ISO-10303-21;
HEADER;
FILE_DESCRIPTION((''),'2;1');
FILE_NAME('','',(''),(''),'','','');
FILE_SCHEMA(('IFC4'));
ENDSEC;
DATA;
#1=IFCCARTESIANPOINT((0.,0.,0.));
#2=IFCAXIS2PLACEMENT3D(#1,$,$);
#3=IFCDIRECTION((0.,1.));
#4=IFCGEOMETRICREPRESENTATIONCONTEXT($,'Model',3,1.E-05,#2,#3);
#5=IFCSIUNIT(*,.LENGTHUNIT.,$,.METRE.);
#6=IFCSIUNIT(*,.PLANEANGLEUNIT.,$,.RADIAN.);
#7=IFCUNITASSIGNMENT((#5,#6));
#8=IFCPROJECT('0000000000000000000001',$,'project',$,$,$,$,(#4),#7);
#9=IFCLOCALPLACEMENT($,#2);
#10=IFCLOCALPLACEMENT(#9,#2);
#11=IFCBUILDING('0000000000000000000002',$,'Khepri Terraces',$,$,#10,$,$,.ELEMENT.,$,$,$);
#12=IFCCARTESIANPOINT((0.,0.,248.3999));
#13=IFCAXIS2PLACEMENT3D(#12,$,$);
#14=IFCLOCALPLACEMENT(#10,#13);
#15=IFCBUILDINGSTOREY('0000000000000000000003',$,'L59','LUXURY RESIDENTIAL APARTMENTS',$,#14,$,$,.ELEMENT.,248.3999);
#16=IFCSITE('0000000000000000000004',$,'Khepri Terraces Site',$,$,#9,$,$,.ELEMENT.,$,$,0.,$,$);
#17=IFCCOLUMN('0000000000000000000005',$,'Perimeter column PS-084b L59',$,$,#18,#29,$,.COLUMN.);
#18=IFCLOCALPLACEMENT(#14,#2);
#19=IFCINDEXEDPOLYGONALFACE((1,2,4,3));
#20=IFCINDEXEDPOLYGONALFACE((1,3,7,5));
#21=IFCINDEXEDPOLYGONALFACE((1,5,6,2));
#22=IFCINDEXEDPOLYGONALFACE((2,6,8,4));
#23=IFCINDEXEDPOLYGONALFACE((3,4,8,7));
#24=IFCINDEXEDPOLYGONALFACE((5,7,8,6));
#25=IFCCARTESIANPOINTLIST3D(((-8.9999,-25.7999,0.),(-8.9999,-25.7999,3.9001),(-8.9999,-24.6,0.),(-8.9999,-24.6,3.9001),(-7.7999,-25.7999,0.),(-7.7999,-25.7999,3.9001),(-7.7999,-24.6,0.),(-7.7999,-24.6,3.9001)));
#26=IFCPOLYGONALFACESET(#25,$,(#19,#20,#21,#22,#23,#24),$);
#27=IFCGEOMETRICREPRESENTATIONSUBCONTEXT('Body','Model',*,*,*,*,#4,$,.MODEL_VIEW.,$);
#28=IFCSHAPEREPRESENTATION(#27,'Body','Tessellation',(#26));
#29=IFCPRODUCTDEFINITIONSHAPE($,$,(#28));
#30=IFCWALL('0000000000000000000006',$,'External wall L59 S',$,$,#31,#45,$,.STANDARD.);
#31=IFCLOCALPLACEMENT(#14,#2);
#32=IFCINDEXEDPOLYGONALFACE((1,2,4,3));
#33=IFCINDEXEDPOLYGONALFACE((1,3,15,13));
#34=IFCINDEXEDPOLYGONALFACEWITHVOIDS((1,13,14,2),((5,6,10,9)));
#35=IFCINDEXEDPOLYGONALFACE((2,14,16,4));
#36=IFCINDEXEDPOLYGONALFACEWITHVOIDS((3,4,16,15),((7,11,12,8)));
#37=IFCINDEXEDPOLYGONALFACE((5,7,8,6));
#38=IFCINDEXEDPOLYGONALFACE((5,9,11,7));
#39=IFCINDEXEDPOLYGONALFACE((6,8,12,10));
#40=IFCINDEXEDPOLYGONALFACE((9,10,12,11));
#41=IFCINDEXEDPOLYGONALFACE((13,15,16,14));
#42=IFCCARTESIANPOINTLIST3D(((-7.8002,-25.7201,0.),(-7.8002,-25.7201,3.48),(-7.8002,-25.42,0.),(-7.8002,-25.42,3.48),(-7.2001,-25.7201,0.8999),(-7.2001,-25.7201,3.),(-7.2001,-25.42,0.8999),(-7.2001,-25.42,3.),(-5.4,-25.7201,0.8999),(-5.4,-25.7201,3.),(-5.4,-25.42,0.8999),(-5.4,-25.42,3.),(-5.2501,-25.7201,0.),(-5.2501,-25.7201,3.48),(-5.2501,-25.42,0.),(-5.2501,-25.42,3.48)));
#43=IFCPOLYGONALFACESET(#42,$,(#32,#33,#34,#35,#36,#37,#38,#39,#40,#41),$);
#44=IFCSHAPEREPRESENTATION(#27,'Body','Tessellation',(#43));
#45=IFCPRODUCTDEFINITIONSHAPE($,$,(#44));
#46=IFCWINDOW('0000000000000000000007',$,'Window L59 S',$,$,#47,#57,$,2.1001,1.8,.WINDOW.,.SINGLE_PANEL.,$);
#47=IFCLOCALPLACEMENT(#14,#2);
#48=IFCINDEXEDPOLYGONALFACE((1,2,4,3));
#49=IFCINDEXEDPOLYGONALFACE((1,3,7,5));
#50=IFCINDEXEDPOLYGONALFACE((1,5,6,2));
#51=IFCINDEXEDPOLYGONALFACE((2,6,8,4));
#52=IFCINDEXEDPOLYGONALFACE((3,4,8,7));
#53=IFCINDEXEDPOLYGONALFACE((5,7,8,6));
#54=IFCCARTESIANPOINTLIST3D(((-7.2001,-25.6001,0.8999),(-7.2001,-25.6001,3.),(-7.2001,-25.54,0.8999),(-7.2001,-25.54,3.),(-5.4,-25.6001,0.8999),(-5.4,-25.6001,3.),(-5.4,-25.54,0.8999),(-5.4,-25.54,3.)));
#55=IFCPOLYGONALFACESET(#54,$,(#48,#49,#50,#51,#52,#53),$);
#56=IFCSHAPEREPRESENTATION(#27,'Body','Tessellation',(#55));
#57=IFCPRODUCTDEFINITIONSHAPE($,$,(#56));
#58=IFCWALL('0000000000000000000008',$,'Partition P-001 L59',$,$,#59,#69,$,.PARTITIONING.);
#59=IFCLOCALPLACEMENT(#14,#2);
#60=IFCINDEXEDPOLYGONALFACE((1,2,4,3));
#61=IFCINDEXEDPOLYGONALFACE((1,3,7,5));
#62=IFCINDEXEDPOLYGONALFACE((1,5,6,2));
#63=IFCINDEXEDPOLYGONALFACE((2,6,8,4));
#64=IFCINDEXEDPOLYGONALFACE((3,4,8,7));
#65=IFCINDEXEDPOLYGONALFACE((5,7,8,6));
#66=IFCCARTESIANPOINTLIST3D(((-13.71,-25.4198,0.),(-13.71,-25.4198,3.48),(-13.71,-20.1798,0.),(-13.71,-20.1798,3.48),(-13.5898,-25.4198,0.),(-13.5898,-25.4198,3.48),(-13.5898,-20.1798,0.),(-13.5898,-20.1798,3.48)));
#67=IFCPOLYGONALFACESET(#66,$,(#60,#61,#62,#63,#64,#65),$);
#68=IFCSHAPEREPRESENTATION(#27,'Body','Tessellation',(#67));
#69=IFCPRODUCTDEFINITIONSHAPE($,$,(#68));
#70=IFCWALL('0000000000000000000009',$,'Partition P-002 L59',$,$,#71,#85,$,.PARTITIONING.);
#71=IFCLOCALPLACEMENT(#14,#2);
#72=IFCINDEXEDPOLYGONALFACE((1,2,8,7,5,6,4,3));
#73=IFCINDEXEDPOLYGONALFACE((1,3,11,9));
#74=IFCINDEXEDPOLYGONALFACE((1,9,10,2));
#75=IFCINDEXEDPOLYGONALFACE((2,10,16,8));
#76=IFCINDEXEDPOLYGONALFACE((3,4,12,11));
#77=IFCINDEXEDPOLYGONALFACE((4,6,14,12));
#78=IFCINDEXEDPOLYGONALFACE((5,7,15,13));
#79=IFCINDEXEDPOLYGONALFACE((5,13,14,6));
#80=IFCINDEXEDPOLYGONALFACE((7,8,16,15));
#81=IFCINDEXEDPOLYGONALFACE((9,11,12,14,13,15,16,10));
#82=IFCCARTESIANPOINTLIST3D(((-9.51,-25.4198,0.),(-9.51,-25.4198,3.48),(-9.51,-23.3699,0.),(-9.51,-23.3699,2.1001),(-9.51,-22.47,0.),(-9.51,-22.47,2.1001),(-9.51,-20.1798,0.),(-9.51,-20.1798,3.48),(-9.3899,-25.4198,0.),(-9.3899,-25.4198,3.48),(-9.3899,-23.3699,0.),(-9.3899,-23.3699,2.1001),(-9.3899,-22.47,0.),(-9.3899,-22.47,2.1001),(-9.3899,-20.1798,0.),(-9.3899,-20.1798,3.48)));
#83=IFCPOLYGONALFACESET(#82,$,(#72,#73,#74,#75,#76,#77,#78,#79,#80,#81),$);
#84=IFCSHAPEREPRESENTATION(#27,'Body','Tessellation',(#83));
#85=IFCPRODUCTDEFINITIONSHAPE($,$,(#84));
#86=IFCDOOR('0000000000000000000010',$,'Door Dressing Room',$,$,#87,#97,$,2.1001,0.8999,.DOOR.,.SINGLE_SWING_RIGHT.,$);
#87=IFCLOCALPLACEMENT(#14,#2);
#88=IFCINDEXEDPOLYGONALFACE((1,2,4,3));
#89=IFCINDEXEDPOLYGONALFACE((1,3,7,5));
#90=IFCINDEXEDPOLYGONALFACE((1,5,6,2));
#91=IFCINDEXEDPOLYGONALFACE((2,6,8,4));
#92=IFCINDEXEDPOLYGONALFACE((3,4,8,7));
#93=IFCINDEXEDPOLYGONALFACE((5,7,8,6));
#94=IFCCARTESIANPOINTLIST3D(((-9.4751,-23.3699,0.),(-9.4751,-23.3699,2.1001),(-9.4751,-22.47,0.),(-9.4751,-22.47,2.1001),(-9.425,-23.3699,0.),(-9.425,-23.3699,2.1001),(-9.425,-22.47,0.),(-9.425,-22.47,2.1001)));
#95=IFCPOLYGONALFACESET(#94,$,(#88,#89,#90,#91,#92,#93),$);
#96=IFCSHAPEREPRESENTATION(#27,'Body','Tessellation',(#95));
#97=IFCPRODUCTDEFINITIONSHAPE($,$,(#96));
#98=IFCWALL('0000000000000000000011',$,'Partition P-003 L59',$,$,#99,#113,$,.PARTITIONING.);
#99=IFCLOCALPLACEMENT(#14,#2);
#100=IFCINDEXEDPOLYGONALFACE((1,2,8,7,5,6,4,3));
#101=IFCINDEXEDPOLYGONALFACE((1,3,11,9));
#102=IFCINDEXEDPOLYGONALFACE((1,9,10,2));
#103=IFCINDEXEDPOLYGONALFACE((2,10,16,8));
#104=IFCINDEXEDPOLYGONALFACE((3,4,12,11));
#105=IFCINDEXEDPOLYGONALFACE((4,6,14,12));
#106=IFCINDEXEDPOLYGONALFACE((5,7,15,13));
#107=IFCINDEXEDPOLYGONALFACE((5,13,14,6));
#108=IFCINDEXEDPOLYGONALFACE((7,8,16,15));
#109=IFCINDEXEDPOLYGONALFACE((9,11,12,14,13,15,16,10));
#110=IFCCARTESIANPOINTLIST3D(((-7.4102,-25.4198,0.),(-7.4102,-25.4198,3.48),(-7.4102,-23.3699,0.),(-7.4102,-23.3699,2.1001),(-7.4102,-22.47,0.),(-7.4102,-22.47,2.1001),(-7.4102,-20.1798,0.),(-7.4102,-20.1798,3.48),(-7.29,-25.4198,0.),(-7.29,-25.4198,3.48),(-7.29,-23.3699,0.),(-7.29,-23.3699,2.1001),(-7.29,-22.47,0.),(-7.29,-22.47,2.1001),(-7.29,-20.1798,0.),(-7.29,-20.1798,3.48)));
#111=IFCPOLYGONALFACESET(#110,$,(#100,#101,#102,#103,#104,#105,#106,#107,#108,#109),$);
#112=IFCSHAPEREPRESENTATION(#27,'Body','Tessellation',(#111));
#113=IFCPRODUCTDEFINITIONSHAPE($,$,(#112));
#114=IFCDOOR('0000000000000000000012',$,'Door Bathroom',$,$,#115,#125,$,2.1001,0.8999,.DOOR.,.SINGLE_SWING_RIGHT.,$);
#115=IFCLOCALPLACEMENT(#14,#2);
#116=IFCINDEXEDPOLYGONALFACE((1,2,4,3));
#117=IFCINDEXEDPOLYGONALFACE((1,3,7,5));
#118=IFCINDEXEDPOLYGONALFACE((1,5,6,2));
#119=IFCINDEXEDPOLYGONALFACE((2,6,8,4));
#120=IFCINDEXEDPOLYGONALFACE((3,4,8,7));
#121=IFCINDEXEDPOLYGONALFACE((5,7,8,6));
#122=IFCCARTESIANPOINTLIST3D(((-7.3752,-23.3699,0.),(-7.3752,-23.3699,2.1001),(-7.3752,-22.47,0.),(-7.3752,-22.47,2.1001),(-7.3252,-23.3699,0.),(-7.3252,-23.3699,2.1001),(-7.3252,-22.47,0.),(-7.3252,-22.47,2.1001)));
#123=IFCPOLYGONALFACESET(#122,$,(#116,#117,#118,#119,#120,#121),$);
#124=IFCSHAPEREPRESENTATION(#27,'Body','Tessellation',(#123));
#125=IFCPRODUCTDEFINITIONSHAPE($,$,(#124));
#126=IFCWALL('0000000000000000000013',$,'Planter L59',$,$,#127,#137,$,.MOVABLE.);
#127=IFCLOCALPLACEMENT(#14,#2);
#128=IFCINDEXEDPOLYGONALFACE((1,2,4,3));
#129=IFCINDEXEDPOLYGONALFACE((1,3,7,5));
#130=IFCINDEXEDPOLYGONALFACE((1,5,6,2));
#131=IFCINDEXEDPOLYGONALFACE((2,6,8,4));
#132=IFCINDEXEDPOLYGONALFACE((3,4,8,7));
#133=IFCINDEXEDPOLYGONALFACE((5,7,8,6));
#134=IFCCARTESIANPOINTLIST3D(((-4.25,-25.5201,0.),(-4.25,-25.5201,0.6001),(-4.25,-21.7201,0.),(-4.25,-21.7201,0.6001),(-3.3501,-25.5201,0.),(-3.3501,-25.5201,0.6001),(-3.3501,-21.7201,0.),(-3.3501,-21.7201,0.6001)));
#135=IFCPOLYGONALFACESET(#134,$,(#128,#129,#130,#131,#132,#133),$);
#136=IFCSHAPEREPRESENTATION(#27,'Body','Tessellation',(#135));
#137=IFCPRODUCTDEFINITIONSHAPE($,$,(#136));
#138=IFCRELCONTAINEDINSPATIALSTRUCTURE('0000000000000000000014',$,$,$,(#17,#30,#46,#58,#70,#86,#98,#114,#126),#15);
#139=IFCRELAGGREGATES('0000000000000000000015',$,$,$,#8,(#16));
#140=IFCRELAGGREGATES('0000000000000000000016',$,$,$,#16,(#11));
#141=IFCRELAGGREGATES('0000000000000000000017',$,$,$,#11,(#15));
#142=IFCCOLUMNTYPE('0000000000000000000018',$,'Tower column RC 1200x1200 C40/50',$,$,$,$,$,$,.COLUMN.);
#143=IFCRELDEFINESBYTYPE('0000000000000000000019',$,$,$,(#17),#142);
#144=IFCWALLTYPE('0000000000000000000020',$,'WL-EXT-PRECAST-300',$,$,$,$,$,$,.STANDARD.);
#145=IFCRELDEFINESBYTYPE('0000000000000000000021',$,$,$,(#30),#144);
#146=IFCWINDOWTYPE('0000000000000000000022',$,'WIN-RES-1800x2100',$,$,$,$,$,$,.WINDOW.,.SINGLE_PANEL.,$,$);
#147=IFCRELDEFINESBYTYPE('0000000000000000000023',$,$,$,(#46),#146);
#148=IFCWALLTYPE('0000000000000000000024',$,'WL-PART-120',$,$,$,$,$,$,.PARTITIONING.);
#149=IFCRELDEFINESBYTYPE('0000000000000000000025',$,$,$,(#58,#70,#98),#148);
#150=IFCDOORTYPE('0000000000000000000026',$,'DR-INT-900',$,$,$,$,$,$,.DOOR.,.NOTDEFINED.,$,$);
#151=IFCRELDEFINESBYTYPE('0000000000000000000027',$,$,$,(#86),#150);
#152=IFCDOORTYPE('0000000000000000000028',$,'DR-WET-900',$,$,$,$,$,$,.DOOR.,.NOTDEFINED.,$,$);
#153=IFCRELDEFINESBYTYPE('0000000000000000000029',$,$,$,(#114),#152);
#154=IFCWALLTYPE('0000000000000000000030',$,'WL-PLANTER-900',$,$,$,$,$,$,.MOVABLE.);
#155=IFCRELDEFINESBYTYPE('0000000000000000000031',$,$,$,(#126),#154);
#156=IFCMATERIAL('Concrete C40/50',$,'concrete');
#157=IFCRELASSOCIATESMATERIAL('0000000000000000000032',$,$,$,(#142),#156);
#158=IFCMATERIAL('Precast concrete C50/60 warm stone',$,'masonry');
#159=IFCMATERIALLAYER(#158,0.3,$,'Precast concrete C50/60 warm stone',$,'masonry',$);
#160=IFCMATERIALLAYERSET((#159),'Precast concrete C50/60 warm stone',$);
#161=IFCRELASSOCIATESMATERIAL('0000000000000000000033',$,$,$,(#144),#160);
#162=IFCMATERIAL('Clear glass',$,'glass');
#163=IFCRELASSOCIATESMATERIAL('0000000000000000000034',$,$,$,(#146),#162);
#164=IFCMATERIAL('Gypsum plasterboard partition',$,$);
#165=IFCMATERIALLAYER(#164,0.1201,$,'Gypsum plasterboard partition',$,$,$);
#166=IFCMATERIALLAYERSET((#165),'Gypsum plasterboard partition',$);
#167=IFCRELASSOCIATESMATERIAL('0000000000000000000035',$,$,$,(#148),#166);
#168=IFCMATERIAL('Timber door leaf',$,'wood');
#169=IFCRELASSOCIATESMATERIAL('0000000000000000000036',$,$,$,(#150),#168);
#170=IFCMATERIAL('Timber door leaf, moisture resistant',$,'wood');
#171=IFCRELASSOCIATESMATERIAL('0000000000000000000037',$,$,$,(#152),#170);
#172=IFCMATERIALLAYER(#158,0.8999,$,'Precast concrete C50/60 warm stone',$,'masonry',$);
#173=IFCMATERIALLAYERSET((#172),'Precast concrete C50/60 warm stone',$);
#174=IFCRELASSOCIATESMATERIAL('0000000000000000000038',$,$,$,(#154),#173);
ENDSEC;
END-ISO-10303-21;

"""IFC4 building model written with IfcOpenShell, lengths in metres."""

from ifc_helpers import new_model, si_unit, direction, frame, frame_2d, origin, origin_2d, place, context, subcontext, project, spatial, rectangle, extrude, material, layer, layer_set, material_profile, profile_set, type_object, element, fill, save


model = new_model("IFC4")

# Units and contexts
model_context = context("Model", 3, precision=1e-05, world=origin(), true_north=direction((0.0, 1.0)))
body_context = subcontext(model_context, "Body", "Model", "MODEL_VIEW")
ifc_project = project(units=[si_unit("LENGTHUNIT", "METRE"), si_unit("PLANEANGLEUNIT", "RADIAN")], contexts=[model_context])

# Site, building, storey
site_placement = place(None, origin())
site = spatial("IfcSite", under=ifc_project, at=site_placement, Name="Khepri Terraces Site", CompositionType="ELEMENT", RefElevation=0.0)
building_placement = place(site_placement, origin())
building = spatial("IfcBuilding", under=site, at=building_placement, Name="Khepri Terraces", CompositionType="ELEMENT")
storey_placement = place(building_placement, frame((0.0, 0.0, 248.3999)))
storey = spatial("IfcBuildingStorey", under=building, at=storey_placement, Name="L59", Description="LUXURY RESIDENTIAL APARTMENTS", CompositionType="ELEMENT", Elevation=248.3999)

# Column
ifc_material_1 = material(Name="Concrete C40/50", Category="concrete")
ifc_material_profile = material_profile(ifc_material_1, rectangle(XDim=1.2, YDim=1.2, at=origin_2d()), Name="Concrete C40/50", Category="concrete")
ifc_profile_set = profile_set([ifc_material_profile], Name="Concrete C40/50")
column_type = type_object("IfcColumnType", Name="Tower column RC 1200x1200 C40/50", PredefinedType="COLUMN", material=ifc_profile_set)
column_placement = place(storey_placement, frame((-8.3999, -25.2, 0.0), z_axis=(0.0, 0.0, 1.0), x_axis=(1.0, 0.0, 0.0)))
element("IfcColumn", 1, at=column_placement, inside=storey, type_object=column_type, Name="Perimeter column PS-084b L59", PredefinedType="COLUMN", context=body_context, shape_type="SweptSolid", body=[
    extrude(rectangle(XDim=1.2, YDim=1.2, at=origin_2d()), origin(), (0.0, 0.0, 1.0), 3.9001),
])

# Shared definitions
ifc_material_2 = material(Name="Precast concrete C50/60 warm stone", Category="masonry")
ifc_layer_1 = layer(ifc_material_2, 0.3, Name="Precast concrete C50/60 warm stone", Category="masonry")
ifc_layer_set_1 = layer_set([ifc_layer_1], Name="Precast concrete C50/60 warm stone")
wall_type_1 = type_object("IfcWallType", Name="WL-EXT-PRECAST-300", PredefinedType="STANDARD", material=ifc_layer_set_1)
ifc_material_3 = material(Name="Clear glass", Category="glass")
window_type = type_object("IfcWindowType", Name="WIN-RES-1800x2100", PartitioningType="SINGLE_PANEL", PredefinedType="WINDOW", material=ifc_material_3)

# Wall, opening, window
wall_1_placement = place(storey_placement, frame((-7.8, -25.5701, 0.0), z_axis=(0.0, 0.0, 1.0), x_axis=(1.0, 0.0, 0.0)))
wall_1 = element("IfcWall", 2, at=wall_1_placement, inside=storey, type_object=wall_type_1, Name="External wall L59 S", PredefinedType="STANDARD", context=body_context, shape_type="SweptSolid", body=[
    extrude(rectangle(XDim=2.55, YDim=0.3, at=frame_2d((1.2749, 0.0))), origin(), (0.0, 0.0, 1.0), 3.48),
])
opening_1_placement = place(wall_1_placement, frame((0.6001, 0.0, 0.8999)))
opening_1 = element("IfcOpeningElement", 3, at=opening_1_placement, cuts=wall_1, PredefinedType="OPENING", context=body_context, shape_type="SweptSolid", body=[
    extrude(rectangle(XDim=1.8, YDim=2.1001, at=frame_2d((0.8999, 1.05))), frame((0.0, 0.1602, 0.0), z_axis=(0.0, -1.0, 0.0), x_axis=(1.0, 0.0, 0.0)), (0.0, 0.0, 1.0), 0.3201),
])
window_1_placement = place(opening_1_placement, origin())
window_1 = element("IfcWindow", 4, at=window_1_placement, inside=storey, type_object=window_type, Name="Window L59 S", OverallHeight=2.1001, OverallWidth=1.8, PartitioningType="SINGLE_PANEL", PredefinedType="WINDOW", context=body_context, shape_type="SweptSolid", body=[
    extrude(rectangle(XDim=1.8, YDim=2.1001, at=frame_2d((0.8999, 1.05))), frame((0.0, 0.03, 0.0), z_axis=(0.0, -1.0, 0.0), x_axis=(1.0, 0.0, 0.0)), (0.0, 0.0, 1.0), 0.0601),
])
fill(opening_1, window_1)

# Wall
ifc_material_4 = material(Name="Gypsum plasterboard partition")
ifc_layer_2 = layer(ifc_material_4, 0.1201, Name="Gypsum plasterboard partition")
ifc_layer_set_2 = layer_set([ifc_layer_2], Name="Gypsum plasterboard partition")
wall_type_2 = type_object("IfcWallType", Name="WL-PART-120", PredefinedType="PARTITIONING", material=ifc_layer_set_2)
wall_2_placement = place(storey_placement, frame((-13.6499, -25.4199, 0.0), z_axis=(0.0, 0.0, 1.0), x_axis=(0.0, 1.0, 0.0)))
element("IfcWall", 5, at=wall_2_placement, inside=storey, type_object=wall_type_2, Name="Partition P-001 L59", PredefinedType="PARTITIONING", context=body_context, shape_type="SweptSolid", body=[
    extrude(rectangle(XDim=5.24, YDim=0.1201, at=frame_2d((2.6201, 0.0))), origin(), (0.0, 0.0, 1.0), 3.48),
])

# Walls, openings, doors
wall_3_placement = place(storey_placement, frame((-9.45, -25.4199, 0.0), z_axis=(0.0, 0.0, 1.0), x_axis=(0.0, 1.0, 0.0)))
wall_3 = element("IfcWall", 6, at=wall_3_placement, inside=storey, type_object=wall_type_2, Name="Partition P-002 L59", PredefinedType="PARTITIONING", context=body_context, shape_type="SweptSolid", body=[
    extrude(rectangle(XDim=5.24, YDim=0.1201, at=frame_2d((2.6201, 0.0))), origin(), (0.0, 0.0, 1.0), 3.48),
])
opening_2_placement = place(wall_3_placement, frame((2.05, 0.0, 0.0)))
opening_2 = element("IfcOpeningElement", 7, at=opening_2_placement, cuts=wall_3, PredefinedType="OPENING", context=body_context, shape_type="SweptSolid", body=[
    extrude(rectangle(XDim=0.8999, YDim=2.1001, at=frame_2d((0.45, 1.05))), frame((0.0, 0.0701, 0.0), z_axis=(0.0, -1.0, 0.0), x_axis=(1.0, 0.0, 0.0)), (0.0, 0.0, 1.0), 0.1401),
])
ifc_material_5 = material(Name="Timber door leaf", Category="wood")
door_type_1 = type_object("IfcDoorType", Name="DR-INT-900", OperationType="NOTDEFINED", PredefinedType="DOOR", material=ifc_material_5)
door_1_placement = place(opening_2_placement, frame((0.8999, 0.0, 0.0), z_axis=(0.0, 0.0, 1.0), x_axis=(-1.0, 0.0, 0.0)))
door_1 = element("IfcDoor", 8, at=door_1_placement, inside=storey, type_object=door_type_1, Name="Door Dressing Room", OperationType="SINGLE_SWING_RIGHT", OverallHeight=2.1001, OverallWidth=0.8999, PredefinedType="DOOR", context=body_context, shape_type="SweptSolid", body=[
    extrude(rectangle(XDim=0.8999, YDim=2.1001, at=frame_2d((0.45, 1.05))), frame((0.0, 0.0249, 0.0), z_axis=(0.0, -1.0, 0.0), x_axis=(1.0, 0.0, 0.0)), (0.0, 0.0, 1.0), 0.05),
])
fill(opening_2, door_1)
wall_4_placement = place(storey_placement, frame((-7.3501, -25.4199, 0.0), z_axis=(0.0, 0.0, 1.0), x_axis=(0.0, 1.0, 0.0)))
wall_4 = element("IfcWall", 9, at=wall_4_placement, inside=storey, type_object=wall_type_2, Name="Partition P-003 L59", PredefinedType="PARTITIONING", context=body_context, shape_type="SweptSolid", body=[
    extrude(rectangle(XDim=5.24, YDim=0.1201, at=frame_2d((2.6201, 0.0))), origin(), (0.0, 0.0, 1.0), 3.48),
])
opening_3_placement = place(wall_4_placement, frame((2.05, 0.0, 0.0)))
opening_3 = element("IfcOpeningElement", 10, at=opening_3_placement, cuts=wall_4, PredefinedType="OPENING", context=body_context, shape_type="SweptSolid", body=[
    extrude(rectangle(XDim=0.8999, YDim=2.1001, at=frame_2d((0.45, 1.05))), frame((0.0, 0.0701, 0.0), z_axis=(0.0, -1.0, 0.0), x_axis=(1.0, 0.0, 0.0)), (0.0, 0.0, 1.0), 0.1401),
])
ifc_material_6 = material(Name="Timber door leaf, moisture resistant", Category="wood")
door_type_2 = type_object("IfcDoorType", Name="DR-WET-900", OperationType="NOTDEFINED", PredefinedType="DOOR", material=ifc_material_6)
door_2_placement = place(opening_3_placement, frame((0.8999, 0.0, 0.0), z_axis=(0.0, 0.0, 1.0), x_axis=(-1.0, 0.0, 0.0)))
door_2 = element("IfcDoor", 11, at=door_2_placement, inside=storey, type_object=door_type_2, Name="Door Bathroom", OperationType="SINGLE_SWING_RIGHT", OverallHeight=2.1001, OverallWidth=0.8999, PredefinedType="DOOR", context=body_context, shape_type="SweptSolid", body=[
    extrude(rectangle(XDim=0.8999, YDim=2.1001, at=frame_2d((0.45, 1.05))), frame((0.0, 0.0249, 0.0), z_axis=(0.0, -1.0, 0.0), x_axis=(1.0, 0.0, 0.0)), (0.0, 0.0, 1.0), 0.05),
])
fill(opening_3, door_2)

# Wall
ifc_layer_3 = layer(ifc_material_2, 0.8999, Name="Precast concrete C50/60 warm stone", Category="masonry")
ifc_layer_set_3 = layer_set([ifc_layer_3], Name="Precast concrete C50/60 warm stone")
wall_type_3 = type_object("IfcWallType", Name="WL-PLANTER-900", PredefinedType="MOVABLE", material=ifc_layer_set_3)
wall_5_placement = place(storey_placement, frame((-3.8, -25.52, 0.0), z_axis=(0.0, 0.0, 1.0), x_axis=(0.0, 1.0, 0.0)))
element("IfcWall", 12, at=wall_5_placement, inside=storey, type_object=wall_type_3, Name="Planter L59", PredefinedType="MOVABLE", context=body_context, shape_type="SweptSolid", body=[
    extrude(rectangle(XDim=3.8, YDim=0.8999, at=frame_2d((1.8999, 0.0))), origin(), (0.0, 0.0, 1.0), 0.6001),
])

save(model, "model.ifc")
